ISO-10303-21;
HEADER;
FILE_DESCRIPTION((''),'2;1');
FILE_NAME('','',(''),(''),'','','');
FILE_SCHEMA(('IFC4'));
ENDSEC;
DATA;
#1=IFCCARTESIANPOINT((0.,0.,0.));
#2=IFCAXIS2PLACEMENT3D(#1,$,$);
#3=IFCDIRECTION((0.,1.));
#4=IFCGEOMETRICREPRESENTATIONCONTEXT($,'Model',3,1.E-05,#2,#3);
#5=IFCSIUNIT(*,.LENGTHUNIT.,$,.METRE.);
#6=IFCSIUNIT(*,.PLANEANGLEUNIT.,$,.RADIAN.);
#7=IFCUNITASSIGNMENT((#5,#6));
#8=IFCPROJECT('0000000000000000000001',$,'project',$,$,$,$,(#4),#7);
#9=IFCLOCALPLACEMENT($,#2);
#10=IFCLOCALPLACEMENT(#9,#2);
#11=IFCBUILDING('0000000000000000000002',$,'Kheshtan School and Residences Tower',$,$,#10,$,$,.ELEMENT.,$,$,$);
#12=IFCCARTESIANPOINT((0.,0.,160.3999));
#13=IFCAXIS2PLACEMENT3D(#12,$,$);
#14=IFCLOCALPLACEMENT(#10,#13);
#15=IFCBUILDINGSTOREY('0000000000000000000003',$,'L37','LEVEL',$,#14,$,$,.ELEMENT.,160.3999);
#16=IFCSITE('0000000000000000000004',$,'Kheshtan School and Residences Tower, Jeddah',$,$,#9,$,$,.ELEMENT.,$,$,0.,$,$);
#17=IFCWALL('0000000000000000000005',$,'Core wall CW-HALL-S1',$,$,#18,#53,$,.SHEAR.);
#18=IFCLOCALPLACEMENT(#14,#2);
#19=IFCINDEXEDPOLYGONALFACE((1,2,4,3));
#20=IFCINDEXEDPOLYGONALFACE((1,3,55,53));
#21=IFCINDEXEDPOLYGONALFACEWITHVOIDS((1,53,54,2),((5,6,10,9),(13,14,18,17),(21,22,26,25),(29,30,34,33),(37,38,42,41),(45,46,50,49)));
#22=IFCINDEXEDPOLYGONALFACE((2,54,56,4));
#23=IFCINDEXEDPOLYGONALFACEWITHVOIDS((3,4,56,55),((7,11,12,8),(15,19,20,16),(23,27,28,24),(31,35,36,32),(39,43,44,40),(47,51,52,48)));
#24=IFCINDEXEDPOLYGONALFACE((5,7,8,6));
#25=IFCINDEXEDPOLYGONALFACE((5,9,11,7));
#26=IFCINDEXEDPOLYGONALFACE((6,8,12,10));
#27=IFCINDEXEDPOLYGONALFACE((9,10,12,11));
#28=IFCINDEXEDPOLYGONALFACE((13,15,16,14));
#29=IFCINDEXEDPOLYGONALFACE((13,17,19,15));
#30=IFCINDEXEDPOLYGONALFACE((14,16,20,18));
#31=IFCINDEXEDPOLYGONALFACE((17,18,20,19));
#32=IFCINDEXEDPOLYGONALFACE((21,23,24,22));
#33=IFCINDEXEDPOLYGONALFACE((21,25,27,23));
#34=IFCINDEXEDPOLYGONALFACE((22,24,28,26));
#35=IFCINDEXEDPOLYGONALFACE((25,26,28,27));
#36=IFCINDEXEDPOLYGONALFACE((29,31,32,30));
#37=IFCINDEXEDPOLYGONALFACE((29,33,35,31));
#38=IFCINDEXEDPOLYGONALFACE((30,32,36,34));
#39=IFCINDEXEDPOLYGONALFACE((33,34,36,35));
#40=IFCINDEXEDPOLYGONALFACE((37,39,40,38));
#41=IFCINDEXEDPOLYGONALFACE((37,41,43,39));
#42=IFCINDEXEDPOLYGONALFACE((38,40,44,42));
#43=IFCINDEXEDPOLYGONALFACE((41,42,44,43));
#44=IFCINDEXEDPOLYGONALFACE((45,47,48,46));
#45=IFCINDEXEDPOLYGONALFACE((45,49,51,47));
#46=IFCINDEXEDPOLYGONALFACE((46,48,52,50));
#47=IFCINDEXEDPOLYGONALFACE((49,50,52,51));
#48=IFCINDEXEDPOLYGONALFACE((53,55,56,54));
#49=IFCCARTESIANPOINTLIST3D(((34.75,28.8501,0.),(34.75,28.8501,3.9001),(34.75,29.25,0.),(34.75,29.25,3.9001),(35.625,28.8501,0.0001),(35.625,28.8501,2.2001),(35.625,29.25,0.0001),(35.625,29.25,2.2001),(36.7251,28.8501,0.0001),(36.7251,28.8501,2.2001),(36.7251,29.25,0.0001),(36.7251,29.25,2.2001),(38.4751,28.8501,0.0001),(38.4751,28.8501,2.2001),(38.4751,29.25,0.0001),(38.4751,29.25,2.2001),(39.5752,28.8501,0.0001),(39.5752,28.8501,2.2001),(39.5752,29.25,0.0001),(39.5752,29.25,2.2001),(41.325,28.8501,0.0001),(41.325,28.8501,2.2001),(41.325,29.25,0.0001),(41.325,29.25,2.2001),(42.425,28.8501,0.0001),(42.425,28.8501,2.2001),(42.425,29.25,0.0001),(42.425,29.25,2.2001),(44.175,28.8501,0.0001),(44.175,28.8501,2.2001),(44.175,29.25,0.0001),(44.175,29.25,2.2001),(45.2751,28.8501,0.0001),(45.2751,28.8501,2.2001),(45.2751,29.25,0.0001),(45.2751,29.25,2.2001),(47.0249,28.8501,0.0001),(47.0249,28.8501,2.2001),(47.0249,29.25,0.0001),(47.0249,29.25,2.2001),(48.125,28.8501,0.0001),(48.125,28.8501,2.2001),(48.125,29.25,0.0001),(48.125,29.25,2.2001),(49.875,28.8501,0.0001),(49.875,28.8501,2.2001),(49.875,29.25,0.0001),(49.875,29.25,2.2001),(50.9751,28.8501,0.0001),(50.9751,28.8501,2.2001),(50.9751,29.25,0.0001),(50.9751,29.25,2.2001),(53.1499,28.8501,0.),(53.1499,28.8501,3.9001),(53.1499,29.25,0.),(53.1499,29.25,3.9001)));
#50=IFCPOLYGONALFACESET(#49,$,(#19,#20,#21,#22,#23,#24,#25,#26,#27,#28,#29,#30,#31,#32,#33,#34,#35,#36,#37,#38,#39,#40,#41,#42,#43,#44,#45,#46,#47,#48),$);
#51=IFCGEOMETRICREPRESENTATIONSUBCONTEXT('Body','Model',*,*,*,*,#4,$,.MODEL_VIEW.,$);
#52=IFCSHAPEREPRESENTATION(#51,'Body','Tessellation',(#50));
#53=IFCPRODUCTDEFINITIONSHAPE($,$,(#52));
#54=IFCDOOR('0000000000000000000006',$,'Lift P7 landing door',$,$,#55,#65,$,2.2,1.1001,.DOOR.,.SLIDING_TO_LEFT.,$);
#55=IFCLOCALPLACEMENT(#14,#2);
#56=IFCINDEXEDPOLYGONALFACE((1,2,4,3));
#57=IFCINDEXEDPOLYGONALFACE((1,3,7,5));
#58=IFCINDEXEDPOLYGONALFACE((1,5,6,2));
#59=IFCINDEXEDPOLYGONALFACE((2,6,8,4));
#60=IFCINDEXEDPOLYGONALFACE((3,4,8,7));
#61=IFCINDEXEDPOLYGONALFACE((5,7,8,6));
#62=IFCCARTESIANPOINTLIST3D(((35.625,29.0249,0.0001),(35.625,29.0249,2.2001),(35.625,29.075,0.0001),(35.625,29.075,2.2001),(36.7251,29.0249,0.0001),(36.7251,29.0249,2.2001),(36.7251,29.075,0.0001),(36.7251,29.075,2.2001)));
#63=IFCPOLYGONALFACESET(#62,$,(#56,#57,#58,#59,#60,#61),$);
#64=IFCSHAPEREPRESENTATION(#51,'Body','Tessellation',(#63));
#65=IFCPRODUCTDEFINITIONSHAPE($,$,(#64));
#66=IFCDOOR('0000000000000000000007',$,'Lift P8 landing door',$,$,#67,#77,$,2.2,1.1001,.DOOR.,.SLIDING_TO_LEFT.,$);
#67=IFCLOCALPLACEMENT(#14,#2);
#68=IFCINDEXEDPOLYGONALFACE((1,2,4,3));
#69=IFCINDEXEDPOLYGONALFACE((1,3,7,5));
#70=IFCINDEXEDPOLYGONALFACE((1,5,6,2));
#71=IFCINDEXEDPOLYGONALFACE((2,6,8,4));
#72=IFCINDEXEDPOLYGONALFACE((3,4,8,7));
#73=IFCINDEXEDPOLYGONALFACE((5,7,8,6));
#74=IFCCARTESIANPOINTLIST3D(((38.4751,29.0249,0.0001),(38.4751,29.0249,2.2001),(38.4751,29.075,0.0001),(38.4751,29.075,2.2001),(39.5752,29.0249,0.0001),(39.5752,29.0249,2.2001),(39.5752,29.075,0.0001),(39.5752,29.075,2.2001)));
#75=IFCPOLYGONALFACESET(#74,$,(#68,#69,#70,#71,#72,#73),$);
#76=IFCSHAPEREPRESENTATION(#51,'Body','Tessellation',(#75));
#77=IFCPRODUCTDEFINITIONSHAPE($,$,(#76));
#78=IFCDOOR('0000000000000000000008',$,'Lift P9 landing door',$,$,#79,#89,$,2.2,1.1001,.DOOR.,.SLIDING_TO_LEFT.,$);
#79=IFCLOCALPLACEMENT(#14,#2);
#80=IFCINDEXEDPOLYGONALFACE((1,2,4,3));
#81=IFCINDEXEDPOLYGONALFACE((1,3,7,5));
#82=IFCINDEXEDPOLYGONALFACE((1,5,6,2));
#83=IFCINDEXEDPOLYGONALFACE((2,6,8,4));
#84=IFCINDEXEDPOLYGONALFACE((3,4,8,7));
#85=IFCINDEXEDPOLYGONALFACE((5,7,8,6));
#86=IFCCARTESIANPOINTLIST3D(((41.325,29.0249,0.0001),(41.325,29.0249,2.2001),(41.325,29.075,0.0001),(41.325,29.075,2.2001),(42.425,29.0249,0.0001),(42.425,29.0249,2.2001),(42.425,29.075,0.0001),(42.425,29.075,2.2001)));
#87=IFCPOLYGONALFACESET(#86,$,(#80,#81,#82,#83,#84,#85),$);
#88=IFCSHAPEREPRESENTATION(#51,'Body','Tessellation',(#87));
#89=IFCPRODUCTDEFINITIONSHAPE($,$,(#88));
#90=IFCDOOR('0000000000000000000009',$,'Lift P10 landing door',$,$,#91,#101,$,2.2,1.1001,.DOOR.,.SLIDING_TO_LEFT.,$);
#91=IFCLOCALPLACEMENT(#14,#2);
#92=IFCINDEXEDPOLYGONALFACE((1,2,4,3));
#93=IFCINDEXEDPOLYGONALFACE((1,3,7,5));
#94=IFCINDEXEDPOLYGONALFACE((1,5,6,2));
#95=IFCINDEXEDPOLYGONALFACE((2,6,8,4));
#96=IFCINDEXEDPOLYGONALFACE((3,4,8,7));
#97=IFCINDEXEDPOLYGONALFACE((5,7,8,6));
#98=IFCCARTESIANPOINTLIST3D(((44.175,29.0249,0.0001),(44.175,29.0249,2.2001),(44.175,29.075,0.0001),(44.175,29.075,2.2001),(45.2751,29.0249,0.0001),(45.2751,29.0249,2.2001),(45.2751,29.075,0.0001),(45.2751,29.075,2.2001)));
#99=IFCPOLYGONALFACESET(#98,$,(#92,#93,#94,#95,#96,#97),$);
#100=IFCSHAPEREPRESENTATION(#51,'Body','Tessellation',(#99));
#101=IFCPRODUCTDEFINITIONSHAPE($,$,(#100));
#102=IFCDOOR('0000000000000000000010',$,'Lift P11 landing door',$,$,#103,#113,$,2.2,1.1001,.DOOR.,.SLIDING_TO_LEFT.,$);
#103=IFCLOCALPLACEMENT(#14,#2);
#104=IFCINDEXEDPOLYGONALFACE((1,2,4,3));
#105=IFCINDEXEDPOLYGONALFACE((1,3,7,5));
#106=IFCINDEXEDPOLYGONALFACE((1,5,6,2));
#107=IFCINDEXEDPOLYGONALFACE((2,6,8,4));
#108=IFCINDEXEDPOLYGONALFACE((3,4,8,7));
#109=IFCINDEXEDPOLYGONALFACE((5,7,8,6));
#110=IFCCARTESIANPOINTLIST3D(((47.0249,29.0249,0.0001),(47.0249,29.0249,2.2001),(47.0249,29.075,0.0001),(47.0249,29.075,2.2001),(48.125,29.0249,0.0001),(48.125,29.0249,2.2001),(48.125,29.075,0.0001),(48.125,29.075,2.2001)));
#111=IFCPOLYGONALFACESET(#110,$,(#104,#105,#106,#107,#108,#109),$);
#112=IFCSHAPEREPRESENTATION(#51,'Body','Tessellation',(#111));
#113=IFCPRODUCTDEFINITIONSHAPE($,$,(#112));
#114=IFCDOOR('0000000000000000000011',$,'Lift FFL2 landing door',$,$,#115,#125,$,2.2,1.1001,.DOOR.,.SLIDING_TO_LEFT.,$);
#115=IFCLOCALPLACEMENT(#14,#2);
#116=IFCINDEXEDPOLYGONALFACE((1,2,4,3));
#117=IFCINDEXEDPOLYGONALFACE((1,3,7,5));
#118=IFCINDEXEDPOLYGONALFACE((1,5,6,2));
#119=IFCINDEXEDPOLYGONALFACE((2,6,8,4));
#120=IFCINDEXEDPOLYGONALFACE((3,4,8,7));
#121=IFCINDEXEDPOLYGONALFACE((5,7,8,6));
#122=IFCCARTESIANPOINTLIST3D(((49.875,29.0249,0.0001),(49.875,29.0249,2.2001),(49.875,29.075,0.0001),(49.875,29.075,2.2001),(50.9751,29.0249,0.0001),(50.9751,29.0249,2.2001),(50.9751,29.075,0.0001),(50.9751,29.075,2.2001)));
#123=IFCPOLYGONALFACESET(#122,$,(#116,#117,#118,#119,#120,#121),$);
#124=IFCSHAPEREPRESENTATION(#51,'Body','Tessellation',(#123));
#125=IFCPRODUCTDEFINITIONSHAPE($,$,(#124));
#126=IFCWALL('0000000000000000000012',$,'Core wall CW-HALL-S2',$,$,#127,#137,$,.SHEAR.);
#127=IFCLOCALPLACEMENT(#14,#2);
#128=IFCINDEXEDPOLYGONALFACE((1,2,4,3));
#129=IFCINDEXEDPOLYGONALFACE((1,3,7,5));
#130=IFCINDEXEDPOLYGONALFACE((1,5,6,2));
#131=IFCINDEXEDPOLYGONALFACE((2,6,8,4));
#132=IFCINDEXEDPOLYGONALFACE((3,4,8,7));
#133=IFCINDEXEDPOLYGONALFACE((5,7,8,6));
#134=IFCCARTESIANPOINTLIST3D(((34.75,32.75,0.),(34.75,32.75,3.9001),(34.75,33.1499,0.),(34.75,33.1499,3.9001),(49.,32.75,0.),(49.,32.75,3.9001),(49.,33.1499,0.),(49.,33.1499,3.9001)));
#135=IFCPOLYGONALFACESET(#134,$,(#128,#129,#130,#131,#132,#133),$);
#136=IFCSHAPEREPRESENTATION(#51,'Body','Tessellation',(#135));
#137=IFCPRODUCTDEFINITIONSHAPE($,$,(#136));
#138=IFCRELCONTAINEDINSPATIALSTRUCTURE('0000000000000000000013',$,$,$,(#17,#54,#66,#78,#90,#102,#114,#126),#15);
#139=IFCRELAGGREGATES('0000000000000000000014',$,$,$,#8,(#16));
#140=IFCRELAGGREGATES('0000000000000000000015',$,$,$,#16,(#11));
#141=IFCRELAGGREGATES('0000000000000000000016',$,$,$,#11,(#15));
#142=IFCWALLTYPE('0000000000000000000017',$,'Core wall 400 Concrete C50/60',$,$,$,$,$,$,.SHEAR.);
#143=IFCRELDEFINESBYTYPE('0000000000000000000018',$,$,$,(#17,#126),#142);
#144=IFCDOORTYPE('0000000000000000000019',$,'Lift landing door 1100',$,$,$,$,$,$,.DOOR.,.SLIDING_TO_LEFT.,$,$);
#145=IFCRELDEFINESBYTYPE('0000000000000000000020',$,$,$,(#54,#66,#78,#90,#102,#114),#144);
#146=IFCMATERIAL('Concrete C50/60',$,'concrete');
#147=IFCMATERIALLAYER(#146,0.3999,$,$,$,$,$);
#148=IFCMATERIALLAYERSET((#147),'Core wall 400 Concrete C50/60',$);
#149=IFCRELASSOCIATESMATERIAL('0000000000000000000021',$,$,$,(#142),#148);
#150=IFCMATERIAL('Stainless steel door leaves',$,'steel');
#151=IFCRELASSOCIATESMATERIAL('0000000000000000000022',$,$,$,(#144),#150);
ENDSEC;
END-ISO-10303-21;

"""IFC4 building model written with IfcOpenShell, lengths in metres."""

from ifc_helpers import new_model, si_unit, direction, frame, frame_2d, origin, place, context, subcontext, project, spatial, rectangle, extrude, source, transform, mapped, material, layer, layer_set, type_object, element, fill, save


model = new_model("IFC4")

# Units and contexts
model_context = context("Model", 3, precision=1e-05, world=origin(), true_north=direction((0.0, 1.0)))
body_context = subcontext(model_context, "Body", "Model", "MODEL_VIEW")
ifc_project = project(units=[si_unit("LENGTHUNIT", "METRE"), si_unit("PLANEANGLEUNIT", "RADIAN")], contexts=[model_context])

# Site, building, storey
site_placement = place(None, origin())
site = spatial("IfcSite", under=ifc_project, at=site_placement, Name="Kheshtan School and Residences Tower, Jeddah", CompositionType="ELEMENT", RefElevation=0.0)
building_placement = place(site_placement, origin())
building = spatial("IfcBuilding", under=site, at=building_placement, Name="Kheshtan School and Residences Tower", CompositionType="ELEMENT")
storey_placement = place(building_placement, frame((0.0, 0.0, 160.3999)))
storey = spatial("IfcBuildingStorey", under=building, at=storey_placement, Name="L37", Description="LEVEL", CompositionType="ELEMENT", Elevation=160.3999)

# Wall, openings, doors
ifc_material_1 = material(Name="Concrete C50/60", Category="concrete")
ifc_layer_1 = layer(ifc_material_1, 0.3999)
ifc_layer_set_1 = layer_set([ifc_layer_1], Name="Core wall 400 Concrete C50/60")
wall_type_1 = type_object("IfcWallType", Name="Core wall 400 Concrete C50/60", PredefinedType="SHEAR", material=ifc_layer_set_1)
wall_1_placement = place(storey_placement, frame((34.75, 29.05, 0.0), z_axis=(0.0, 0.0, 1.0), x_axis=(1.0, 0.0, 0.0)))
wall_1 = element("IfcWall", 1, at=wall_1_placement, inside=storey, type_object=wall_type_1, Name="Core wall CW-HALL-S1", PredefinedType="SHEAR", context=body_context, shape_type="SweptSolid", body=[
    extrude(rectangle(XDim=18.3999, YDim=0.3999, at=frame_2d((9.2, 0.0))), origin(), (0.0, 0.0, 1.0), 3.9001),
])
opening_1_placement = place(wall_1_placement, frame((0.875, 0.0, 0.0)))
opening_1 = element("IfcOpeningElement", 2, at=opening_1_placement, cuts=wall_1, PredefinedType="OPENING", context=body_context, shape_type="SweptSolid", body=[
    extrude(rectangle(XDim=1.1001, YDim=2.2, at=frame_2d((0.55, 1.1001))), frame((0.0, 0.21, 0.0), z_axis=(0.0, -1.0, 0.0), x_axis=(1.0, 0.0, 0.0)), (0.0, 0.0, 1.0), 0.4199),
])
opening_2_placement = place(wall_1_placement, frame((3.7251, 0.0, 0.0)))
opening_2 = element("IfcOpeningElement", 3, at=opening_2_placement, cuts=wall_1, PredefinedType="OPENING", context=body_context, shape_type="SweptSolid", body=[
    extrude(rectangle(XDim=1.1001, YDim=2.2, at=frame_2d((0.55, 1.1001))), frame((0.0, 0.21, 0.0), z_axis=(0.0, -1.0, 0.0), x_axis=(1.0, 0.0, 0.0)), (0.0, 0.0, 1.0), 0.4199),
])
opening_3_placement = place(wall_1_placement, frame((6.575, 0.0, 0.0)))
opening_3 = element("IfcOpeningElement", 4, at=opening_3_placement, cuts=wall_1, PredefinedType="OPENING", context=body_context, shape_type="SweptSolid", body=[
    extrude(rectangle(XDim=1.1001, YDim=2.2, at=frame_2d((0.55, 1.1001))), frame((0.0, 0.21, 0.0), z_axis=(0.0, -1.0, 0.0), x_axis=(1.0, 0.0, 0.0)), (0.0, 0.0, 1.0), 0.4199),
])
opening_4_placement = place(wall_1_placement, frame((9.425, 0.0, 0.0)))
opening_4 = element("IfcOpeningElement", 5, at=opening_4_placement, cuts=wall_1, PredefinedType="OPENING", context=body_context, shape_type="SweptSolid", body=[
    extrude(rectangle(XDim=1.1001, YDim=2.2, at=frame_2d((0.55, 1.1001))), frame((0.0, 0.21, 0.0), z_axis=(0.0, -1.0, 0.0), x_axis=(1.0, 0.0, 0.0)), (0.0, 0.0, 1.0), 0.4199),
])
opening_5_placement = place(wall_1_placement, frame((12.2749, 0.0, 0.0)))
opening_5 = element("IfcOpeningElement", 6, at=opening_5_placement, cuts=wall_1, PredefinedType="OPENING", context=body_context, shape_type="SweptSolid", body=[
    extrude(rectangle(XDim=1.1001, YDim=2.2, at=frame_2d((0.55, 1.1001))), frame((0.0, 0.21, 0.0), z_axis=(0.0, -1.0, 0.0), x_axis=(1.0, 0.0, 0.0)), (0.0, 0.0, 1.0), 0.4199),
])
opening_6_placement = place(wall_1_placement, frame((15.125, 0.0, 0.0)))
opening_6 = element("IfcOpeningElement", 7, at=opening_6_placement, cuts=wall_1, PredefinedType="OPENING", context=body_context, shape_type="SweptSolid", body=[
    extrude(rectangle(XDim=1.1001, YDim=2.2, at=frame_2d((0.55, 1.1001))), frame((0.0, 0.21, 0.0), z_axis=(0.0, -1.0, 0.0), x_axis=(1.0, 0.0, 0.0)), (0.0, 0.0, 1.0), 0.4199),
])
ifc_material_2 = material(Name="Stainless steel door leaves", Category="steel")
door_type_1 = type_object("IfcDoorType", Name="Lift landing door 1100", OperationType="SLIDING_TO_LEFT", PredefinedType="DOOR", material=ifc_material_2)
shared_shape_1 = source(origin(), body_context, "Body", "SweptSolid", [
    extrude(rectangle(XDim=1.1001, YDim=2.2, at=frame_2d((0.55, 1.1001))), frame((0.0, 0.0249, 0.0), z_axis=(0.0, -1.0, 0.0), x_axis=(1.0, 0.0, 0.0)), (0.0, 0.0, 1.0), 0.05),
])
door_1_placement = place(opening_1_placement, origin())
door_1 = element("IfcDoor", 8, at=door_1_placement, inside=storey, type_object=door_type_1, Name="Lift P7 landing door", OperationType="SLIDING_TO_LEFT", OverallHeight=2.2, OverallWidth=1.1001, PredefinedType="DOOR", context=body_context, shape_type="MappedRepresentation", body=[
    mapped(shared_shape_1, transform((0.0, 0.0, 0.0), x_axis=(1.0, 0.0, 0.0), y_axis=(0.0, 1.0, 0.0), z_axis=(0.0, 0.0, 1.0), scale=1.0)),
])
fill(opening_1, door_1)
door_2_placement = place(opening_2_placement, origin())
door_2 = element("IfcDoor", 9, at=door_2_placement, inside=storey, type_object=door_type_1, Name="Lift P8 landing door", OperationType="SLIDING_TO_LEFT", OverallHeight=2.2, OverallWidth=1.1001, PredefinedType="DOOR", context=body_context, shape_type="MappedRepresentation", body=[
    mapped(shared_shape_1, transform((0.0, 0.0, 0.0), x_axis=(1.0, 0.0, 0.0), y_axis=(0.0, 1.0, 0.0), z_axis=(0.0, 0.0, 1.0), scale=1.0)),
])
fill(opening_2, door_2)
door_3_placement = place(opening_3_placement, origin())
door_3 = element("IfcDoor", 10, at=door_3_placement, inside=storey, type_object=door_type_1, Name="Lift P9 landing door", OperationType="SLIDING_TO_LEFT", OverallHeight=2.2, OverallWidth=1.1001, PredefinedType="DOOR", context=body_context, shape_type="MappedRepresentation", body=[
    mapped(shared_shape_1, transform((0.0, 0.0, 0.0), x_axis=(1.0, 0.0, 0.0), y_axis=(0.0, 1.0, 0.0), z_axis=(0.0, 0.0, 1.0), scale=1.0)),
])
fill(opening_3, door_3)
door_4_placement = place(opening_4_placement, origin())
door_4 = element("IfcDoor", 11, at=door_4_placement, inside=storey, type_object=door_type_1, Name="Lift P10 landing door", OperationType="SLIDING_TO_LEFT", OverallHeight=2.2, OverallWidth=1.1001, PredefinedType="DOOR", context=body_context, shape_type="MappedRepresentation", body=[
    mapped(shared_shape_1, transform((0.0, 0.0, 0.0), x_axis=(1.0, 0.0, 0.0), y_axis=(0.0, 1.0, 0.0), z_axis=(0.0, 0.0, 1.0), scale=1.0)),
])
fill(opening_4, door_4)
door_5_placement = place(opening_5_placement, origin())
door_5 = element("IfcDoor", 12, at=door_5_placement, inside=storey, type_object=door_type_1, Name="Lift P11 landing door", OperationType="SLIDING_TO_LEFT", OverallHeight=2.2, OverallWidth=1.1001, PredefinedType="DOOR", context=body_context, shape_type="MappedRepresentation", body=[
    mapped(shared_shape_1, transform((0.0, 0.0, 0.0), x_axis=(1.0, 0.0, 0.0), y_axis=(0.0, 1.0, 0.0), z_axis=(0.0, 0.0, 1.0), scale=1.0)),
])
fill(opening_5, door_5)
door_6_placement = place(opening_6_placement, origin())
door_6 = element("IfcDoor", 13, at=door_6_placement, inside=storey, type_object=door_type_1, Name="Lift FFL2 landing door", OperationType="SLIDING_TO_LEFT", OverallHeight=2.2, OverallWidth=1.1001, PredefinedType="DOOR", context=body_context, shape_type="MappedRepresentation", body=[
    mapped(shared_shape_1, transform((0.0, 0.0, 0.0), x_axis=(1.0, 0.0, 0.0), y_axis=(0.0, 1.0, 0.0), z_axis=(0.0, 0.0, 1.0), scale=1.0)),
])
fill(opening_6, door_6)

# Wall
wall_2_placement = place(storey_placement, frame((34.75, 32.95, 0.0), z_axis=(0.0, 0.0, 1.0), x_axis=(1.0, 0.0, 0.0)))
element("IfcWall", 14, at=wall_2_placement, inside=storey, type_object=wall_type_1, Name="Core wall CW-HALL-S2", PredefinedType="SHEAR", context=body_context, shape_type="SweptSolid", body=[
    extrude(rectangle(XDim=14.25, YDim=0.3999, at=frame_2d((7.125, 0.0))), origin(), (0.0, 0.0, 1.0), 3.9001),
])

save(model, "model.ifc")
